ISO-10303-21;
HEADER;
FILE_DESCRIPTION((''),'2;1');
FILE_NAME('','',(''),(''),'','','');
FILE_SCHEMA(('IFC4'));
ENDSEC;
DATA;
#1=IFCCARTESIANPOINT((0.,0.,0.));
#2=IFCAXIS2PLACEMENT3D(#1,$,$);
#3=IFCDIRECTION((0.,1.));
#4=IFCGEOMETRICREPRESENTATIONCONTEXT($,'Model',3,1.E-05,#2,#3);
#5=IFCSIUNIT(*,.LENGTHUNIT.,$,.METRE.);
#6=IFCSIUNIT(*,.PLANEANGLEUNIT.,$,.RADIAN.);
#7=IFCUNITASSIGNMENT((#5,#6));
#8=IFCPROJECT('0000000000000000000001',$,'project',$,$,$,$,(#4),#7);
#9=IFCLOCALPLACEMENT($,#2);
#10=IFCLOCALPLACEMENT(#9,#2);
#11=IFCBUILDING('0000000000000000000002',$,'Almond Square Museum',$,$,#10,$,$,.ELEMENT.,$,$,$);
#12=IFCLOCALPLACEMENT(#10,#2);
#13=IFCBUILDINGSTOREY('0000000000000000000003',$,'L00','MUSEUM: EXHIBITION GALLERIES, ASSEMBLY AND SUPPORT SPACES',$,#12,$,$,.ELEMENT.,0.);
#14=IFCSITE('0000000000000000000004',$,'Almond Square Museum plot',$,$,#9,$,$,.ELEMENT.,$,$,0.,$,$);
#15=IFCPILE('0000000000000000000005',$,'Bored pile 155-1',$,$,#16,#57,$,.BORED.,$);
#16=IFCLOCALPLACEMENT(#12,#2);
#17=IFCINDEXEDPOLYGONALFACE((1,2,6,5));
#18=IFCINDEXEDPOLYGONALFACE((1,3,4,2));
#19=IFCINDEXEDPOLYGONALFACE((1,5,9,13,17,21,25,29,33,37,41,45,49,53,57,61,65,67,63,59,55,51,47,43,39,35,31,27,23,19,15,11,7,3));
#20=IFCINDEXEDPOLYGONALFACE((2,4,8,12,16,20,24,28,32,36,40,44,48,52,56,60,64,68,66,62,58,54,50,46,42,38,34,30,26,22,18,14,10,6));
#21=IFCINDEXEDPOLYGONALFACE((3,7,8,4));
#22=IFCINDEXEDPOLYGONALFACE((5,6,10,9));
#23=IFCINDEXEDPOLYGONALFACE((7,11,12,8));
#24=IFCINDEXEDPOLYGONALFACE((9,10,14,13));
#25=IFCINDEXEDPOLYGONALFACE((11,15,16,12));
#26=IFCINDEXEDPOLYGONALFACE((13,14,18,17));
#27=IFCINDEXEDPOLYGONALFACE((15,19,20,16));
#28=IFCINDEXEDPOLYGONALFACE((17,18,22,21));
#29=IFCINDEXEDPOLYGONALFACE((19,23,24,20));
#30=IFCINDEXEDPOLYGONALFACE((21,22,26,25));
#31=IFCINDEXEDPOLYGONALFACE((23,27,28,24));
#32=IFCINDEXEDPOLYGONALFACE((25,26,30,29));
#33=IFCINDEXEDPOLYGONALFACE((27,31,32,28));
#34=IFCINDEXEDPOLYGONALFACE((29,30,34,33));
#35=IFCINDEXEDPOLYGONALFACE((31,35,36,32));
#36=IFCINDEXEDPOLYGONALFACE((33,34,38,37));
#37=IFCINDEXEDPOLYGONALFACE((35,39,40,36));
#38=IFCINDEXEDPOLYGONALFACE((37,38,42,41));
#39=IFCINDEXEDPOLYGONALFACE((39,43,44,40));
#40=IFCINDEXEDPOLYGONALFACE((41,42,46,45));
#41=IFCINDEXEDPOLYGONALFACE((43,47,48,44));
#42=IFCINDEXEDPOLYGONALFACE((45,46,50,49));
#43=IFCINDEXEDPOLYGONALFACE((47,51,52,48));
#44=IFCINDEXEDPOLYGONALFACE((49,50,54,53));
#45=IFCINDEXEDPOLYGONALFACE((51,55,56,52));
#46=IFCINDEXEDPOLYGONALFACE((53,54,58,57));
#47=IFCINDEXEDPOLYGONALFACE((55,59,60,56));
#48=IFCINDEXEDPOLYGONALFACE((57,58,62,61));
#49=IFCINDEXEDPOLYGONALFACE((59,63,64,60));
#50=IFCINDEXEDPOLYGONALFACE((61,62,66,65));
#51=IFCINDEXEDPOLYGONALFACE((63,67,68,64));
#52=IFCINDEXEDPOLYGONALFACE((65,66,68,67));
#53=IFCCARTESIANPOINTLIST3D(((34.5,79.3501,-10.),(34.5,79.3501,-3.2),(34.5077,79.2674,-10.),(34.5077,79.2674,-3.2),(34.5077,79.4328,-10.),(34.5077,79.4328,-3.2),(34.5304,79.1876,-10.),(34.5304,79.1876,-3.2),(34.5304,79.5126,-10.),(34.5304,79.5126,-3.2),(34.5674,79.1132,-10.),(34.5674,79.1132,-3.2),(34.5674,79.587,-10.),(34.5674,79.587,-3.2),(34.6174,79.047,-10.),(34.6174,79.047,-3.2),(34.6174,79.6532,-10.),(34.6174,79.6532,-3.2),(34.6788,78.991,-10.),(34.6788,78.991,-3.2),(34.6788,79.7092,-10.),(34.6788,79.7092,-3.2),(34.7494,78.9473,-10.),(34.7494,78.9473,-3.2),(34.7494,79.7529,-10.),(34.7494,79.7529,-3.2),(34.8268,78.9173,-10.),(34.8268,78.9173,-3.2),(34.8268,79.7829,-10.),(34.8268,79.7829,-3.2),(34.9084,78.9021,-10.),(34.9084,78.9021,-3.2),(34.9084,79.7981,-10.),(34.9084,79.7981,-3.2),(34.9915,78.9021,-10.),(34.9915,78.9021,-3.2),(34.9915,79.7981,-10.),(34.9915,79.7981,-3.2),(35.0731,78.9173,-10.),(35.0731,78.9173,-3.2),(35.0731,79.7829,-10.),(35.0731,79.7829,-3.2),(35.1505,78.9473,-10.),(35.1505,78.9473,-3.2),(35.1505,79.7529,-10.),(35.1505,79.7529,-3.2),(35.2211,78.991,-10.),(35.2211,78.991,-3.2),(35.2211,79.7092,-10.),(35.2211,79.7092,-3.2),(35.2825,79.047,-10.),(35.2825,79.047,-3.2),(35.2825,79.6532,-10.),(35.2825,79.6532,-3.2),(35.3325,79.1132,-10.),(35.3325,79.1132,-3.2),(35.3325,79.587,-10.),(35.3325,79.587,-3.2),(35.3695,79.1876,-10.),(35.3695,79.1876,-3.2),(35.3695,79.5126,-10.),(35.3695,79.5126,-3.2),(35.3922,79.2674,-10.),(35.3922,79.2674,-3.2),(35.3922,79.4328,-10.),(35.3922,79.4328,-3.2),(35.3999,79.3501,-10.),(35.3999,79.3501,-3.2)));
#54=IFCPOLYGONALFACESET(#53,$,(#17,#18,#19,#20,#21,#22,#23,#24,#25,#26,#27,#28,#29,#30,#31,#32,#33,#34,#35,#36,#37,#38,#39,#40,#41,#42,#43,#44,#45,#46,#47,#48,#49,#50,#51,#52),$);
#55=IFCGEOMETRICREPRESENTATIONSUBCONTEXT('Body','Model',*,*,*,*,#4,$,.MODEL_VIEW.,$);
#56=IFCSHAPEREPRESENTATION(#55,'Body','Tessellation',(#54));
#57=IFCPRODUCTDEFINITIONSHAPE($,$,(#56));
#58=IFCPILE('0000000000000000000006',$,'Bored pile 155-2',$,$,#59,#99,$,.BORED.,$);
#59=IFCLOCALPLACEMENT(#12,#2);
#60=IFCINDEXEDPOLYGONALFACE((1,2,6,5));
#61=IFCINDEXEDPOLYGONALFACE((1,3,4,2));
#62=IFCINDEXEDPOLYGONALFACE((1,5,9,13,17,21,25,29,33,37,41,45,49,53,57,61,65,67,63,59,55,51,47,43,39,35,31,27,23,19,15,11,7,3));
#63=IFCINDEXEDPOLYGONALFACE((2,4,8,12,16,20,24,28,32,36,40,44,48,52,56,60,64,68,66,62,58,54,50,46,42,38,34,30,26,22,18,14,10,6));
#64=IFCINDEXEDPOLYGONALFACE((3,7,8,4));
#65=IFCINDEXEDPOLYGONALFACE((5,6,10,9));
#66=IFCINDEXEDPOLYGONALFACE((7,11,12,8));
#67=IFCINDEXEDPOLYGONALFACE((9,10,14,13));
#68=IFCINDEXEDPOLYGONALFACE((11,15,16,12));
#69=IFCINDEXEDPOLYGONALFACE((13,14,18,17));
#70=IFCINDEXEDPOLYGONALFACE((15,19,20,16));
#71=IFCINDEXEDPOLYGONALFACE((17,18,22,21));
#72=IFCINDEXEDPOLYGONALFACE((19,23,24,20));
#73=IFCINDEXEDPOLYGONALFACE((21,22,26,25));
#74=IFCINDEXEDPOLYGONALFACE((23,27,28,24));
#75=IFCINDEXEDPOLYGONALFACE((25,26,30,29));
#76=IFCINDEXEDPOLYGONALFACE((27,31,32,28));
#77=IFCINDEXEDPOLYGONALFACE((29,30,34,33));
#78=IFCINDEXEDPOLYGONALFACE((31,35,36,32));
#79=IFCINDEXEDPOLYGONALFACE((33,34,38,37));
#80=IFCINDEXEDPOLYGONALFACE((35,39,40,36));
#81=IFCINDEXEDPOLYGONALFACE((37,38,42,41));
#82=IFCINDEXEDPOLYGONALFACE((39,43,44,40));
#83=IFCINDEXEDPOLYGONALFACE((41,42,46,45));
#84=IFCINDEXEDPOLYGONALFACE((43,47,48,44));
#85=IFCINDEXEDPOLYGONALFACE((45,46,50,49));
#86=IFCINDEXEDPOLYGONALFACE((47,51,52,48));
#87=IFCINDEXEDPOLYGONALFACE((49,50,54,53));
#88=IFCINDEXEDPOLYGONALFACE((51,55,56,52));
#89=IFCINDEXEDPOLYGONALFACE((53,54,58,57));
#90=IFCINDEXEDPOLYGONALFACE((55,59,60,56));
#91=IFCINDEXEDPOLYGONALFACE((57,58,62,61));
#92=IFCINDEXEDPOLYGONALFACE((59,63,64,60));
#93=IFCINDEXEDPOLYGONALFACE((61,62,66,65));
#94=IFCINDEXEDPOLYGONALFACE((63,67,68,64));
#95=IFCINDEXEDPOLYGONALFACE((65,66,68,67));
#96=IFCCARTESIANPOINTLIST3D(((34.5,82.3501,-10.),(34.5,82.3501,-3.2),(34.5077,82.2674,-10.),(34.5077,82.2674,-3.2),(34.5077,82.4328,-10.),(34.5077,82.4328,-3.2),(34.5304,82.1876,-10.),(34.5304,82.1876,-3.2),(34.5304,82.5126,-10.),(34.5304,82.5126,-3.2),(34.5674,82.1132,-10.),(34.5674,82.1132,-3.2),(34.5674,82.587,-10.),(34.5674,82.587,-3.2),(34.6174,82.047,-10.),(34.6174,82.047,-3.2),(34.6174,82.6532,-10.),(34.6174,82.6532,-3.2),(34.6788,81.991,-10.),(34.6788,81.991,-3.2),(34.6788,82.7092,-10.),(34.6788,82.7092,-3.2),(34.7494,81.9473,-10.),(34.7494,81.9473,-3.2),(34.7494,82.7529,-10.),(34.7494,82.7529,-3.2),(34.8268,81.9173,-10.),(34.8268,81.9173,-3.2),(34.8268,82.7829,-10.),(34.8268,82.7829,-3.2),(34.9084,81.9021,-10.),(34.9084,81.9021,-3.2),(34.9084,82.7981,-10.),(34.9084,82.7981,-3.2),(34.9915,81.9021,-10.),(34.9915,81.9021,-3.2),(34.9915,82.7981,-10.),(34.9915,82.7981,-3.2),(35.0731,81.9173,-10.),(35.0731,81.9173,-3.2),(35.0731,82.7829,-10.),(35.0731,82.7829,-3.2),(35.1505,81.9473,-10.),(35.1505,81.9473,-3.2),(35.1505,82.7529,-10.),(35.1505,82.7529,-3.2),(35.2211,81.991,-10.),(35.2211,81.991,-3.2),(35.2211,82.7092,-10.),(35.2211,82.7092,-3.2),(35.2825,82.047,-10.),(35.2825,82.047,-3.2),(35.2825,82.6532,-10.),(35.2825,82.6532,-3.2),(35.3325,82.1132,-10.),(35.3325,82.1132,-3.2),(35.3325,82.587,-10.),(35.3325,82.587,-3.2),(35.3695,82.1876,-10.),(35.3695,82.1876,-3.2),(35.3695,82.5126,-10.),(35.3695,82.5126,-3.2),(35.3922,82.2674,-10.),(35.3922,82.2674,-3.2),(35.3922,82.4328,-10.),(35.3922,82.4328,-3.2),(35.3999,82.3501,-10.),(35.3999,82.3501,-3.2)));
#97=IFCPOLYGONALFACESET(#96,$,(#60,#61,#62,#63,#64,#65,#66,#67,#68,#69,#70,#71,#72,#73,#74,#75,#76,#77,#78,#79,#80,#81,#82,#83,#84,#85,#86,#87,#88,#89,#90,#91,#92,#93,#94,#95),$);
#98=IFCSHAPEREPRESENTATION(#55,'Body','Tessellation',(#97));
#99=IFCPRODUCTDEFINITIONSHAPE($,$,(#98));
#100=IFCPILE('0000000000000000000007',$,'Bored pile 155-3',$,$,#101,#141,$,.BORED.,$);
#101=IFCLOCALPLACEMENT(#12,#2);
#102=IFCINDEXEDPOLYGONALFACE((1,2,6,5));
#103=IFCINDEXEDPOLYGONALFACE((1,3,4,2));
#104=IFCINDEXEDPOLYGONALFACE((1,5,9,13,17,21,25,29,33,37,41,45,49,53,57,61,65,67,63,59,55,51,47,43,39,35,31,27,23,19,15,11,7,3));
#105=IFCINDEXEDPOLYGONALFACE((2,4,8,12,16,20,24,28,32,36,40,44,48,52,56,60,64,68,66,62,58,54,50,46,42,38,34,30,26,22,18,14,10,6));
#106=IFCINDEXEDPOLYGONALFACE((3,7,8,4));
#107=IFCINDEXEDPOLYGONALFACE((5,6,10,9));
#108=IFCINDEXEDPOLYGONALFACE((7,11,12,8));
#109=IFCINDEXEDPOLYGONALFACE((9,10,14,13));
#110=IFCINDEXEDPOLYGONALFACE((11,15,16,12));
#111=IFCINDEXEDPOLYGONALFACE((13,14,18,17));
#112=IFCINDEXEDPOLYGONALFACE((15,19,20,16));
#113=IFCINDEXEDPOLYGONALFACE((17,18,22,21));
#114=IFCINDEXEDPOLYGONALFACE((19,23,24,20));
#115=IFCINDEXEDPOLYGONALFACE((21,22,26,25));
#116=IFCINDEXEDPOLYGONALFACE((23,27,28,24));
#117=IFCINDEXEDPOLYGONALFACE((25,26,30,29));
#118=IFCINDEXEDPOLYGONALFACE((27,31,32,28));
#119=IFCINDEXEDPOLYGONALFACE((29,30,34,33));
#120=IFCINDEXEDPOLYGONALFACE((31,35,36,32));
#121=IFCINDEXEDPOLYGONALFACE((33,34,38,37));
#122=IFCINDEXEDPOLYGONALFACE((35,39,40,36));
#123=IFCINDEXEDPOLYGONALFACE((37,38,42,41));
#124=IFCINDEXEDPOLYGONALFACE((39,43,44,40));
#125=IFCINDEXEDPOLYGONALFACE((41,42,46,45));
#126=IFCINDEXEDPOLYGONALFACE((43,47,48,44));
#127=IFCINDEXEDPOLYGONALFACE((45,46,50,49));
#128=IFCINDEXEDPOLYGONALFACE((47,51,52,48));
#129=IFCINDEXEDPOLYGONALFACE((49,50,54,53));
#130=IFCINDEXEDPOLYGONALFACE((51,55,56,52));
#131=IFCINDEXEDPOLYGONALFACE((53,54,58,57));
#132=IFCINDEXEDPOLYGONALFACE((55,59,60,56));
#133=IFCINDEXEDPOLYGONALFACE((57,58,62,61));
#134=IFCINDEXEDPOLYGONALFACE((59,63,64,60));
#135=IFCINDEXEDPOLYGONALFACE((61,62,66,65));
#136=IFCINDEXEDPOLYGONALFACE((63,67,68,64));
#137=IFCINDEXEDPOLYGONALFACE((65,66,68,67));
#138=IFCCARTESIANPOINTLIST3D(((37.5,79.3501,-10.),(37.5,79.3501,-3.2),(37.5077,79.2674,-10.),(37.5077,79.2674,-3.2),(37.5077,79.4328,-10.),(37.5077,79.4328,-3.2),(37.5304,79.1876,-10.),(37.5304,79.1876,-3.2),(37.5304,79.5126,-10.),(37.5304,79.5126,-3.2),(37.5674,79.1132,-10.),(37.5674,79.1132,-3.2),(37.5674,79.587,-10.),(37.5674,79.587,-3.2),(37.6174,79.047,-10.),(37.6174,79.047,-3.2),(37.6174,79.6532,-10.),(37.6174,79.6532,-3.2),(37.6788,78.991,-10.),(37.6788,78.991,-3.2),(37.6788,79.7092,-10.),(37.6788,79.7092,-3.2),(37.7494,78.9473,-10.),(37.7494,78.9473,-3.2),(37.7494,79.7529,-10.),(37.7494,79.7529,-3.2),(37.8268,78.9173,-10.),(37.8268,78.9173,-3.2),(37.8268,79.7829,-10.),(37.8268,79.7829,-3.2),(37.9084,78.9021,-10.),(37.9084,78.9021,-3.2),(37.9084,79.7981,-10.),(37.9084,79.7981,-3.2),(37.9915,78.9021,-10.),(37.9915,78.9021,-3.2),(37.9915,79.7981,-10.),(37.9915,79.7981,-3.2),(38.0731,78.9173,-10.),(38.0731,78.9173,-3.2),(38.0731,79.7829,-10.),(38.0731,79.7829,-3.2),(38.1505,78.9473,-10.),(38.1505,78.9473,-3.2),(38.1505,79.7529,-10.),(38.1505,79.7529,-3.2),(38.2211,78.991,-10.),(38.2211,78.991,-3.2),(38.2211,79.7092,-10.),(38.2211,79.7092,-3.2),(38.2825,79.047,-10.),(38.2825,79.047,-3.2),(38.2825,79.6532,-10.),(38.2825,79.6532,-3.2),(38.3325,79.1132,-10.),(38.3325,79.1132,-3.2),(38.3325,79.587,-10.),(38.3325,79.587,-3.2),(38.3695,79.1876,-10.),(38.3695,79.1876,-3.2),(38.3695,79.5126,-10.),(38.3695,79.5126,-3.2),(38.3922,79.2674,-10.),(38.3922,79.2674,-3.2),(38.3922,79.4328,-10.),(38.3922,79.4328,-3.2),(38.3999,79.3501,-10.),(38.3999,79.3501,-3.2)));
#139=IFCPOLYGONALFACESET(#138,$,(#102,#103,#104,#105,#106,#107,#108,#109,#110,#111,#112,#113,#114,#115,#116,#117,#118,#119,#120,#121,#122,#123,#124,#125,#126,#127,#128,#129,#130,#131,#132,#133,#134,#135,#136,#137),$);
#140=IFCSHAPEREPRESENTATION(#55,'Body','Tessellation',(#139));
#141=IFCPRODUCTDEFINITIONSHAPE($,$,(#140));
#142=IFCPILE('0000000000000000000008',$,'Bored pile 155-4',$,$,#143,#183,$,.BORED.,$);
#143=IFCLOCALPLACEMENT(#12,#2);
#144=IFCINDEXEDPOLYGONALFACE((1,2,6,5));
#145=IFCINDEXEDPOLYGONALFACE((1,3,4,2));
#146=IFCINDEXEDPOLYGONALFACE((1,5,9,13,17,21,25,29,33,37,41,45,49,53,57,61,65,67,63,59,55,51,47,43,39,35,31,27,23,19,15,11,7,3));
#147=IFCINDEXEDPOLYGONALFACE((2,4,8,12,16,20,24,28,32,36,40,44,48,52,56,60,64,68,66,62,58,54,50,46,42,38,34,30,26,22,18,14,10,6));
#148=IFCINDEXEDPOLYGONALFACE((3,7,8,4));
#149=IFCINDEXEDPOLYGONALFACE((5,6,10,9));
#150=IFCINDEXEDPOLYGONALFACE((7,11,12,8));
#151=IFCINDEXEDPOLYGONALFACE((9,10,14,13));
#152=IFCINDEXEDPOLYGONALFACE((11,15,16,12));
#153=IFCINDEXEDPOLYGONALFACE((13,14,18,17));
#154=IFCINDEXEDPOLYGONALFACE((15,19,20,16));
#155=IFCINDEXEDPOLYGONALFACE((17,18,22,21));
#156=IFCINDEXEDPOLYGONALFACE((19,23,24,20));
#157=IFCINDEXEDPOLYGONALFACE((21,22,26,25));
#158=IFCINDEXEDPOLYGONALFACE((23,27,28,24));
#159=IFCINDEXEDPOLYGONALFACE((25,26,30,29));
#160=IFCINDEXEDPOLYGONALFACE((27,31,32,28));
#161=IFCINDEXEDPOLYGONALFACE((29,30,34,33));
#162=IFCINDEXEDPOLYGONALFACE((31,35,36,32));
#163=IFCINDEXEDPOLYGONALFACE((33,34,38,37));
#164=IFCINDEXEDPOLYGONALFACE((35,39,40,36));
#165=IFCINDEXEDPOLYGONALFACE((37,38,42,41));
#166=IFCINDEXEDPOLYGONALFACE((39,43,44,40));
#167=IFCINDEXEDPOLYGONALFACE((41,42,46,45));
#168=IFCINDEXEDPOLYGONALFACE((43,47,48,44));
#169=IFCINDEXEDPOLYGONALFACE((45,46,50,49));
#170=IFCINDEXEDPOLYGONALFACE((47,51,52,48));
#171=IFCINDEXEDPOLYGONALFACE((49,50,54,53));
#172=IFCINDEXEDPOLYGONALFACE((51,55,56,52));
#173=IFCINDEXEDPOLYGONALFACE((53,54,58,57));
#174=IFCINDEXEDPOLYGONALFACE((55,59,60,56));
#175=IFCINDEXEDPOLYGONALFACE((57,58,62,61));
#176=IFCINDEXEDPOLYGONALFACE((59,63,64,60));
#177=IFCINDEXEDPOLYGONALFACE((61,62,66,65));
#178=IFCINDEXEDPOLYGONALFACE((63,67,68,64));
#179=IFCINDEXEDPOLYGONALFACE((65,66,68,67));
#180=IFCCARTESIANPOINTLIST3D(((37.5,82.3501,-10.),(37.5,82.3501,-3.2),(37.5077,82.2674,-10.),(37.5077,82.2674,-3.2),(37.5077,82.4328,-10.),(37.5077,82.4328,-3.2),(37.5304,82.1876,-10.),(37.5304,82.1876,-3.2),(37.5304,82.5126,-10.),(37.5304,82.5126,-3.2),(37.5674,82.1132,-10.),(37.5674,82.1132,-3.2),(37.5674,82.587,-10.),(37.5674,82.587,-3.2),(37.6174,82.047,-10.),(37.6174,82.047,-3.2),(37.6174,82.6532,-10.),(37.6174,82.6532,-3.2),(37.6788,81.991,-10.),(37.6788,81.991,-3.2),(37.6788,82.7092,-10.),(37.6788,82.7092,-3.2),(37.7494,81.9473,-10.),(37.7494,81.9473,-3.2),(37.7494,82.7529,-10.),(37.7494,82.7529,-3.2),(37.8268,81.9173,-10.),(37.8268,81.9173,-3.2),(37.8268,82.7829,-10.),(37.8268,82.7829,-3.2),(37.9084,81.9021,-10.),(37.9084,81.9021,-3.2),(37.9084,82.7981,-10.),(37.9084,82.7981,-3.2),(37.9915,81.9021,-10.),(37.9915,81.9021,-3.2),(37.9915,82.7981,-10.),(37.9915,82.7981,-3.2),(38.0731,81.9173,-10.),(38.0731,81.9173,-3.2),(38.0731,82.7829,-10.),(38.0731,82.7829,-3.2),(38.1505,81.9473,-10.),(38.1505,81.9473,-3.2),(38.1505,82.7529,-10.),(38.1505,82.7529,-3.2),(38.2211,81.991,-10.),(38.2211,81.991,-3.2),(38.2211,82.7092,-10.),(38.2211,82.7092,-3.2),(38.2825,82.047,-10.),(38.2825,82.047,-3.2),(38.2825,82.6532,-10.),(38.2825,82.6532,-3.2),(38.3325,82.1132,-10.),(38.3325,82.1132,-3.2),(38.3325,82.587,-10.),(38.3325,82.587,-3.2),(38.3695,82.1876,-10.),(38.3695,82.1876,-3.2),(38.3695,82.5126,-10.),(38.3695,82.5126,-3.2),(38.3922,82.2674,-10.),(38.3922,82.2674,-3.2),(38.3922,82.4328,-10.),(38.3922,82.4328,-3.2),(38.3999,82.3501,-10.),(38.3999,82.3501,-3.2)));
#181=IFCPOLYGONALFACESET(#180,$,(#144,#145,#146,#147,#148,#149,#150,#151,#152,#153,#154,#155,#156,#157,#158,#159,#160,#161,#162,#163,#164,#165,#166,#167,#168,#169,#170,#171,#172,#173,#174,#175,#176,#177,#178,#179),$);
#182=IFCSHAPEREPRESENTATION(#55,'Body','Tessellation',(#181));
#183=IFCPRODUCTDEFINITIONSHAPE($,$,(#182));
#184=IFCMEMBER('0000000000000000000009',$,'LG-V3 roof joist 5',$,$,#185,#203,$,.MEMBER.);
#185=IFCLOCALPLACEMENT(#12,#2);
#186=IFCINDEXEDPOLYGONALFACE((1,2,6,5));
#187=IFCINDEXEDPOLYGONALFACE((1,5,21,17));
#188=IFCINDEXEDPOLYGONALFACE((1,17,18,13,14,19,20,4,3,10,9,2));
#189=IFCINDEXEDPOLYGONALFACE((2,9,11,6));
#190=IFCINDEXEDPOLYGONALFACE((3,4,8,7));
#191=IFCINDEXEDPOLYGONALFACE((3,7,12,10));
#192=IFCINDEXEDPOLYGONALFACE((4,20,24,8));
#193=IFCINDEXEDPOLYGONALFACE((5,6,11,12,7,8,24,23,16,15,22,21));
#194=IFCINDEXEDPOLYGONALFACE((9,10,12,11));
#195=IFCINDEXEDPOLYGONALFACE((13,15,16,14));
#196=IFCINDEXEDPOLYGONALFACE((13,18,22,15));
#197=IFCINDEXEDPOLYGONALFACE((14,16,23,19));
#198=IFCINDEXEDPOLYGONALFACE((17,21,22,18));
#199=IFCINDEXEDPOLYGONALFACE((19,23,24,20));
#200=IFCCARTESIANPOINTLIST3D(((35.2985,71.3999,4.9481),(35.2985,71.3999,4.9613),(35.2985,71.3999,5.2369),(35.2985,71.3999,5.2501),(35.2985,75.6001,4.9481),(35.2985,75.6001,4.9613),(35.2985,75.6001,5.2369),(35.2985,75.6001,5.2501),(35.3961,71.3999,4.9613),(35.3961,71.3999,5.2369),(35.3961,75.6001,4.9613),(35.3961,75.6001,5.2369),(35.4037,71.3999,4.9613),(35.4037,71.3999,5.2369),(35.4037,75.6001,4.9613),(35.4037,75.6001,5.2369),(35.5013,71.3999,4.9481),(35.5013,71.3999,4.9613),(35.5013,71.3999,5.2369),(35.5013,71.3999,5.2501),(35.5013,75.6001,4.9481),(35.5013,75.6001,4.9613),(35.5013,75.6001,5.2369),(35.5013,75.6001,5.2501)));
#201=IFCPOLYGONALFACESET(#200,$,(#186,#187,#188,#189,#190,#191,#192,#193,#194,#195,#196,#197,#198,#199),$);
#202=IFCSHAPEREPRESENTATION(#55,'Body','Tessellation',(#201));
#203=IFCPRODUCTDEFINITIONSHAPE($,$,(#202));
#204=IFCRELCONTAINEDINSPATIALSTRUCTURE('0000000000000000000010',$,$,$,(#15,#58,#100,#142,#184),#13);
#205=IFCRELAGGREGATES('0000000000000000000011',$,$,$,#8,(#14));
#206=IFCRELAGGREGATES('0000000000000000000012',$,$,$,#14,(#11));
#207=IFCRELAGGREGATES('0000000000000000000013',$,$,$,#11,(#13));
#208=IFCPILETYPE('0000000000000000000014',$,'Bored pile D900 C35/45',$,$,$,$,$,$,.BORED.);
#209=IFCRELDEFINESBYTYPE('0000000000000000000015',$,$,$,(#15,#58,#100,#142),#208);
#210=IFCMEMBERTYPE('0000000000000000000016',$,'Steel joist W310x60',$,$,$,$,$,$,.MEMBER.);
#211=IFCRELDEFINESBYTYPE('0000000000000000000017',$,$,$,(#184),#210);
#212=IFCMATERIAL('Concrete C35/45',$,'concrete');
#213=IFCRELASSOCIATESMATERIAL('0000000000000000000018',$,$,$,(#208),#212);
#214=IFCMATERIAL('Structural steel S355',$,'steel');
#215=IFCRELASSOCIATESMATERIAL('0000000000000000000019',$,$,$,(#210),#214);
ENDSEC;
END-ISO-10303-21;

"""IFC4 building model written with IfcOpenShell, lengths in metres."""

from ifc_helpers import new_model, si_unit, direction, frame, origin, origin_2d, place, context, subcontext, project, spatial, circle, i_section, extrude, material, material_profile, profile_set, type_object, element, save


model = new_model("IFC4")

# Units and contexts
model_context = context("Model", 3, precision=1e-05, world=origin(), true_north=direction((0.0, 1.0)))
body_context = subcontext(model_context, "Body", "Model", "MODEL_VIEW")
ifc_project = project(units=[si_unit("LENGTHUNIT", "METRE"), si_unit("PLANEANGLEUNIT", "RADIAN")], contexts=[model_context])

# Site, building, storey
site_placement = place(None, origin())
site = spatial("IfcSite", under=ifc_project, at=site_placement, Name="Almond Square Museum plot", CompositionType="ELEMENT", RefElevation=0.0)
building_placement = place(site_placement, origin())
building = spatial("IfcBuilding", under=site, at=building_placement, Name="Almond Square Museum", CompositionType="ELEMENT")
storey_placement = place(building_placement, origin())
storey = spatial("IfcBuildingStorey", under=building, at=storey_placement, Name="L00", Description="MUSEUM: EXHIBITION GALLERIES, ASSEMBLY AND SUPPORT SPACES", CompositionType="ELEMENT", Elevation=0.0)

# Piles
ifc_material_1 = material(Name="Concrete C35/45", Category="concrete")
ifc_material_profile_1 = material_profile(ifc_material_1, circle(Radius=0.45, at=origin_2d()))
ifc_profile_set_1 = profile_set([ifc_material_profile_1], Name="Concrete C35/45")
pile_type = type_object("IfcPileType", Name="Bored pile D900 C35/45", PredefinedType="BORED", material=ifc_profile_set_1)
for number, where, z_axis, x_axis, name in (
    (1, (34.95, 79.3501, -3.2), (0.0, 0.0, -1.0), (1.0, 0.0, 0.0), "Bored pile 155-1"),
    (2, (34.95, 82.3501, -3.2), (0.0, 0.0, -1.0), (1.0, 0.0, 0.0), "Bored pile 155-2"),
    (3, (37.95, 79.3501, -3.2), (0.0, 0.0, -1.0), (1.0, 0.0, 0.0), "Bored pile 155-3"),
    (4, (37.95, 82.3501, -3.2), (0.0, 0.0, -1.0), (1.0, 0.0, 0.0), "Bored pile 155-4"),
):
    element("IfcPile", number, at=place(storey_placement, frame(where, z_axis=z_axis, x_axis=x_axis)), inside=storey, type_object=pile_type, Name=name, PredefinedType="BORED", context=body_context, shape_type="SweptSolid", body=[
        extrude(circle(Radius=0.45, at=origin_2d()), origin(), (0.0, 0.0, 1.0), 6.8),
    ])

# Member
ifc_material_2 = material(Name="Structural steel S355", Category="steel")
ifc_material_profile_2 = material_profile(ifc_material_2, i_section(OverallWidth=0.2029, OverallDepth=0.302, WebThickness=0.0076, FlangeThickness=0.0132, at=origin_2d()))
ifc_profile_set_2 = profile_set([ifc_material_profile_2], Name="Structural steel S355")
member_type = type_object("IfcMemberType", Name="Steel joist W310x60", PredefinedType="MEMBER", material=ifc_profile_set_2)
for number, where, z_axis, x_axis, name in (
    (5, (35.3999, 75.6001, 5.0991), (0.0, -1.0, 0.0), (1.0, 0.0, 0.0), "LG-V3 roof joist 5"),
):
    element("IfcMember", number, at=place(storey_placement, frame(where, z_axis=z_axis, x_axis=x_axis)), inside=storey, type_object=member_type, Name=name, PredefinedType="MEMBER", context=body_context, shape_type="SweptSolid", body=[
        extrude(i_section(OverallWidth=0.2029, OverallDepth=0.302, WebThickness=0.0076, FlangeThickness=0.0132, at=origin_2d()), origin(), (0.0, 0.0, 1.0), 4.2002),
    ])

save(model, "model.ifc")
